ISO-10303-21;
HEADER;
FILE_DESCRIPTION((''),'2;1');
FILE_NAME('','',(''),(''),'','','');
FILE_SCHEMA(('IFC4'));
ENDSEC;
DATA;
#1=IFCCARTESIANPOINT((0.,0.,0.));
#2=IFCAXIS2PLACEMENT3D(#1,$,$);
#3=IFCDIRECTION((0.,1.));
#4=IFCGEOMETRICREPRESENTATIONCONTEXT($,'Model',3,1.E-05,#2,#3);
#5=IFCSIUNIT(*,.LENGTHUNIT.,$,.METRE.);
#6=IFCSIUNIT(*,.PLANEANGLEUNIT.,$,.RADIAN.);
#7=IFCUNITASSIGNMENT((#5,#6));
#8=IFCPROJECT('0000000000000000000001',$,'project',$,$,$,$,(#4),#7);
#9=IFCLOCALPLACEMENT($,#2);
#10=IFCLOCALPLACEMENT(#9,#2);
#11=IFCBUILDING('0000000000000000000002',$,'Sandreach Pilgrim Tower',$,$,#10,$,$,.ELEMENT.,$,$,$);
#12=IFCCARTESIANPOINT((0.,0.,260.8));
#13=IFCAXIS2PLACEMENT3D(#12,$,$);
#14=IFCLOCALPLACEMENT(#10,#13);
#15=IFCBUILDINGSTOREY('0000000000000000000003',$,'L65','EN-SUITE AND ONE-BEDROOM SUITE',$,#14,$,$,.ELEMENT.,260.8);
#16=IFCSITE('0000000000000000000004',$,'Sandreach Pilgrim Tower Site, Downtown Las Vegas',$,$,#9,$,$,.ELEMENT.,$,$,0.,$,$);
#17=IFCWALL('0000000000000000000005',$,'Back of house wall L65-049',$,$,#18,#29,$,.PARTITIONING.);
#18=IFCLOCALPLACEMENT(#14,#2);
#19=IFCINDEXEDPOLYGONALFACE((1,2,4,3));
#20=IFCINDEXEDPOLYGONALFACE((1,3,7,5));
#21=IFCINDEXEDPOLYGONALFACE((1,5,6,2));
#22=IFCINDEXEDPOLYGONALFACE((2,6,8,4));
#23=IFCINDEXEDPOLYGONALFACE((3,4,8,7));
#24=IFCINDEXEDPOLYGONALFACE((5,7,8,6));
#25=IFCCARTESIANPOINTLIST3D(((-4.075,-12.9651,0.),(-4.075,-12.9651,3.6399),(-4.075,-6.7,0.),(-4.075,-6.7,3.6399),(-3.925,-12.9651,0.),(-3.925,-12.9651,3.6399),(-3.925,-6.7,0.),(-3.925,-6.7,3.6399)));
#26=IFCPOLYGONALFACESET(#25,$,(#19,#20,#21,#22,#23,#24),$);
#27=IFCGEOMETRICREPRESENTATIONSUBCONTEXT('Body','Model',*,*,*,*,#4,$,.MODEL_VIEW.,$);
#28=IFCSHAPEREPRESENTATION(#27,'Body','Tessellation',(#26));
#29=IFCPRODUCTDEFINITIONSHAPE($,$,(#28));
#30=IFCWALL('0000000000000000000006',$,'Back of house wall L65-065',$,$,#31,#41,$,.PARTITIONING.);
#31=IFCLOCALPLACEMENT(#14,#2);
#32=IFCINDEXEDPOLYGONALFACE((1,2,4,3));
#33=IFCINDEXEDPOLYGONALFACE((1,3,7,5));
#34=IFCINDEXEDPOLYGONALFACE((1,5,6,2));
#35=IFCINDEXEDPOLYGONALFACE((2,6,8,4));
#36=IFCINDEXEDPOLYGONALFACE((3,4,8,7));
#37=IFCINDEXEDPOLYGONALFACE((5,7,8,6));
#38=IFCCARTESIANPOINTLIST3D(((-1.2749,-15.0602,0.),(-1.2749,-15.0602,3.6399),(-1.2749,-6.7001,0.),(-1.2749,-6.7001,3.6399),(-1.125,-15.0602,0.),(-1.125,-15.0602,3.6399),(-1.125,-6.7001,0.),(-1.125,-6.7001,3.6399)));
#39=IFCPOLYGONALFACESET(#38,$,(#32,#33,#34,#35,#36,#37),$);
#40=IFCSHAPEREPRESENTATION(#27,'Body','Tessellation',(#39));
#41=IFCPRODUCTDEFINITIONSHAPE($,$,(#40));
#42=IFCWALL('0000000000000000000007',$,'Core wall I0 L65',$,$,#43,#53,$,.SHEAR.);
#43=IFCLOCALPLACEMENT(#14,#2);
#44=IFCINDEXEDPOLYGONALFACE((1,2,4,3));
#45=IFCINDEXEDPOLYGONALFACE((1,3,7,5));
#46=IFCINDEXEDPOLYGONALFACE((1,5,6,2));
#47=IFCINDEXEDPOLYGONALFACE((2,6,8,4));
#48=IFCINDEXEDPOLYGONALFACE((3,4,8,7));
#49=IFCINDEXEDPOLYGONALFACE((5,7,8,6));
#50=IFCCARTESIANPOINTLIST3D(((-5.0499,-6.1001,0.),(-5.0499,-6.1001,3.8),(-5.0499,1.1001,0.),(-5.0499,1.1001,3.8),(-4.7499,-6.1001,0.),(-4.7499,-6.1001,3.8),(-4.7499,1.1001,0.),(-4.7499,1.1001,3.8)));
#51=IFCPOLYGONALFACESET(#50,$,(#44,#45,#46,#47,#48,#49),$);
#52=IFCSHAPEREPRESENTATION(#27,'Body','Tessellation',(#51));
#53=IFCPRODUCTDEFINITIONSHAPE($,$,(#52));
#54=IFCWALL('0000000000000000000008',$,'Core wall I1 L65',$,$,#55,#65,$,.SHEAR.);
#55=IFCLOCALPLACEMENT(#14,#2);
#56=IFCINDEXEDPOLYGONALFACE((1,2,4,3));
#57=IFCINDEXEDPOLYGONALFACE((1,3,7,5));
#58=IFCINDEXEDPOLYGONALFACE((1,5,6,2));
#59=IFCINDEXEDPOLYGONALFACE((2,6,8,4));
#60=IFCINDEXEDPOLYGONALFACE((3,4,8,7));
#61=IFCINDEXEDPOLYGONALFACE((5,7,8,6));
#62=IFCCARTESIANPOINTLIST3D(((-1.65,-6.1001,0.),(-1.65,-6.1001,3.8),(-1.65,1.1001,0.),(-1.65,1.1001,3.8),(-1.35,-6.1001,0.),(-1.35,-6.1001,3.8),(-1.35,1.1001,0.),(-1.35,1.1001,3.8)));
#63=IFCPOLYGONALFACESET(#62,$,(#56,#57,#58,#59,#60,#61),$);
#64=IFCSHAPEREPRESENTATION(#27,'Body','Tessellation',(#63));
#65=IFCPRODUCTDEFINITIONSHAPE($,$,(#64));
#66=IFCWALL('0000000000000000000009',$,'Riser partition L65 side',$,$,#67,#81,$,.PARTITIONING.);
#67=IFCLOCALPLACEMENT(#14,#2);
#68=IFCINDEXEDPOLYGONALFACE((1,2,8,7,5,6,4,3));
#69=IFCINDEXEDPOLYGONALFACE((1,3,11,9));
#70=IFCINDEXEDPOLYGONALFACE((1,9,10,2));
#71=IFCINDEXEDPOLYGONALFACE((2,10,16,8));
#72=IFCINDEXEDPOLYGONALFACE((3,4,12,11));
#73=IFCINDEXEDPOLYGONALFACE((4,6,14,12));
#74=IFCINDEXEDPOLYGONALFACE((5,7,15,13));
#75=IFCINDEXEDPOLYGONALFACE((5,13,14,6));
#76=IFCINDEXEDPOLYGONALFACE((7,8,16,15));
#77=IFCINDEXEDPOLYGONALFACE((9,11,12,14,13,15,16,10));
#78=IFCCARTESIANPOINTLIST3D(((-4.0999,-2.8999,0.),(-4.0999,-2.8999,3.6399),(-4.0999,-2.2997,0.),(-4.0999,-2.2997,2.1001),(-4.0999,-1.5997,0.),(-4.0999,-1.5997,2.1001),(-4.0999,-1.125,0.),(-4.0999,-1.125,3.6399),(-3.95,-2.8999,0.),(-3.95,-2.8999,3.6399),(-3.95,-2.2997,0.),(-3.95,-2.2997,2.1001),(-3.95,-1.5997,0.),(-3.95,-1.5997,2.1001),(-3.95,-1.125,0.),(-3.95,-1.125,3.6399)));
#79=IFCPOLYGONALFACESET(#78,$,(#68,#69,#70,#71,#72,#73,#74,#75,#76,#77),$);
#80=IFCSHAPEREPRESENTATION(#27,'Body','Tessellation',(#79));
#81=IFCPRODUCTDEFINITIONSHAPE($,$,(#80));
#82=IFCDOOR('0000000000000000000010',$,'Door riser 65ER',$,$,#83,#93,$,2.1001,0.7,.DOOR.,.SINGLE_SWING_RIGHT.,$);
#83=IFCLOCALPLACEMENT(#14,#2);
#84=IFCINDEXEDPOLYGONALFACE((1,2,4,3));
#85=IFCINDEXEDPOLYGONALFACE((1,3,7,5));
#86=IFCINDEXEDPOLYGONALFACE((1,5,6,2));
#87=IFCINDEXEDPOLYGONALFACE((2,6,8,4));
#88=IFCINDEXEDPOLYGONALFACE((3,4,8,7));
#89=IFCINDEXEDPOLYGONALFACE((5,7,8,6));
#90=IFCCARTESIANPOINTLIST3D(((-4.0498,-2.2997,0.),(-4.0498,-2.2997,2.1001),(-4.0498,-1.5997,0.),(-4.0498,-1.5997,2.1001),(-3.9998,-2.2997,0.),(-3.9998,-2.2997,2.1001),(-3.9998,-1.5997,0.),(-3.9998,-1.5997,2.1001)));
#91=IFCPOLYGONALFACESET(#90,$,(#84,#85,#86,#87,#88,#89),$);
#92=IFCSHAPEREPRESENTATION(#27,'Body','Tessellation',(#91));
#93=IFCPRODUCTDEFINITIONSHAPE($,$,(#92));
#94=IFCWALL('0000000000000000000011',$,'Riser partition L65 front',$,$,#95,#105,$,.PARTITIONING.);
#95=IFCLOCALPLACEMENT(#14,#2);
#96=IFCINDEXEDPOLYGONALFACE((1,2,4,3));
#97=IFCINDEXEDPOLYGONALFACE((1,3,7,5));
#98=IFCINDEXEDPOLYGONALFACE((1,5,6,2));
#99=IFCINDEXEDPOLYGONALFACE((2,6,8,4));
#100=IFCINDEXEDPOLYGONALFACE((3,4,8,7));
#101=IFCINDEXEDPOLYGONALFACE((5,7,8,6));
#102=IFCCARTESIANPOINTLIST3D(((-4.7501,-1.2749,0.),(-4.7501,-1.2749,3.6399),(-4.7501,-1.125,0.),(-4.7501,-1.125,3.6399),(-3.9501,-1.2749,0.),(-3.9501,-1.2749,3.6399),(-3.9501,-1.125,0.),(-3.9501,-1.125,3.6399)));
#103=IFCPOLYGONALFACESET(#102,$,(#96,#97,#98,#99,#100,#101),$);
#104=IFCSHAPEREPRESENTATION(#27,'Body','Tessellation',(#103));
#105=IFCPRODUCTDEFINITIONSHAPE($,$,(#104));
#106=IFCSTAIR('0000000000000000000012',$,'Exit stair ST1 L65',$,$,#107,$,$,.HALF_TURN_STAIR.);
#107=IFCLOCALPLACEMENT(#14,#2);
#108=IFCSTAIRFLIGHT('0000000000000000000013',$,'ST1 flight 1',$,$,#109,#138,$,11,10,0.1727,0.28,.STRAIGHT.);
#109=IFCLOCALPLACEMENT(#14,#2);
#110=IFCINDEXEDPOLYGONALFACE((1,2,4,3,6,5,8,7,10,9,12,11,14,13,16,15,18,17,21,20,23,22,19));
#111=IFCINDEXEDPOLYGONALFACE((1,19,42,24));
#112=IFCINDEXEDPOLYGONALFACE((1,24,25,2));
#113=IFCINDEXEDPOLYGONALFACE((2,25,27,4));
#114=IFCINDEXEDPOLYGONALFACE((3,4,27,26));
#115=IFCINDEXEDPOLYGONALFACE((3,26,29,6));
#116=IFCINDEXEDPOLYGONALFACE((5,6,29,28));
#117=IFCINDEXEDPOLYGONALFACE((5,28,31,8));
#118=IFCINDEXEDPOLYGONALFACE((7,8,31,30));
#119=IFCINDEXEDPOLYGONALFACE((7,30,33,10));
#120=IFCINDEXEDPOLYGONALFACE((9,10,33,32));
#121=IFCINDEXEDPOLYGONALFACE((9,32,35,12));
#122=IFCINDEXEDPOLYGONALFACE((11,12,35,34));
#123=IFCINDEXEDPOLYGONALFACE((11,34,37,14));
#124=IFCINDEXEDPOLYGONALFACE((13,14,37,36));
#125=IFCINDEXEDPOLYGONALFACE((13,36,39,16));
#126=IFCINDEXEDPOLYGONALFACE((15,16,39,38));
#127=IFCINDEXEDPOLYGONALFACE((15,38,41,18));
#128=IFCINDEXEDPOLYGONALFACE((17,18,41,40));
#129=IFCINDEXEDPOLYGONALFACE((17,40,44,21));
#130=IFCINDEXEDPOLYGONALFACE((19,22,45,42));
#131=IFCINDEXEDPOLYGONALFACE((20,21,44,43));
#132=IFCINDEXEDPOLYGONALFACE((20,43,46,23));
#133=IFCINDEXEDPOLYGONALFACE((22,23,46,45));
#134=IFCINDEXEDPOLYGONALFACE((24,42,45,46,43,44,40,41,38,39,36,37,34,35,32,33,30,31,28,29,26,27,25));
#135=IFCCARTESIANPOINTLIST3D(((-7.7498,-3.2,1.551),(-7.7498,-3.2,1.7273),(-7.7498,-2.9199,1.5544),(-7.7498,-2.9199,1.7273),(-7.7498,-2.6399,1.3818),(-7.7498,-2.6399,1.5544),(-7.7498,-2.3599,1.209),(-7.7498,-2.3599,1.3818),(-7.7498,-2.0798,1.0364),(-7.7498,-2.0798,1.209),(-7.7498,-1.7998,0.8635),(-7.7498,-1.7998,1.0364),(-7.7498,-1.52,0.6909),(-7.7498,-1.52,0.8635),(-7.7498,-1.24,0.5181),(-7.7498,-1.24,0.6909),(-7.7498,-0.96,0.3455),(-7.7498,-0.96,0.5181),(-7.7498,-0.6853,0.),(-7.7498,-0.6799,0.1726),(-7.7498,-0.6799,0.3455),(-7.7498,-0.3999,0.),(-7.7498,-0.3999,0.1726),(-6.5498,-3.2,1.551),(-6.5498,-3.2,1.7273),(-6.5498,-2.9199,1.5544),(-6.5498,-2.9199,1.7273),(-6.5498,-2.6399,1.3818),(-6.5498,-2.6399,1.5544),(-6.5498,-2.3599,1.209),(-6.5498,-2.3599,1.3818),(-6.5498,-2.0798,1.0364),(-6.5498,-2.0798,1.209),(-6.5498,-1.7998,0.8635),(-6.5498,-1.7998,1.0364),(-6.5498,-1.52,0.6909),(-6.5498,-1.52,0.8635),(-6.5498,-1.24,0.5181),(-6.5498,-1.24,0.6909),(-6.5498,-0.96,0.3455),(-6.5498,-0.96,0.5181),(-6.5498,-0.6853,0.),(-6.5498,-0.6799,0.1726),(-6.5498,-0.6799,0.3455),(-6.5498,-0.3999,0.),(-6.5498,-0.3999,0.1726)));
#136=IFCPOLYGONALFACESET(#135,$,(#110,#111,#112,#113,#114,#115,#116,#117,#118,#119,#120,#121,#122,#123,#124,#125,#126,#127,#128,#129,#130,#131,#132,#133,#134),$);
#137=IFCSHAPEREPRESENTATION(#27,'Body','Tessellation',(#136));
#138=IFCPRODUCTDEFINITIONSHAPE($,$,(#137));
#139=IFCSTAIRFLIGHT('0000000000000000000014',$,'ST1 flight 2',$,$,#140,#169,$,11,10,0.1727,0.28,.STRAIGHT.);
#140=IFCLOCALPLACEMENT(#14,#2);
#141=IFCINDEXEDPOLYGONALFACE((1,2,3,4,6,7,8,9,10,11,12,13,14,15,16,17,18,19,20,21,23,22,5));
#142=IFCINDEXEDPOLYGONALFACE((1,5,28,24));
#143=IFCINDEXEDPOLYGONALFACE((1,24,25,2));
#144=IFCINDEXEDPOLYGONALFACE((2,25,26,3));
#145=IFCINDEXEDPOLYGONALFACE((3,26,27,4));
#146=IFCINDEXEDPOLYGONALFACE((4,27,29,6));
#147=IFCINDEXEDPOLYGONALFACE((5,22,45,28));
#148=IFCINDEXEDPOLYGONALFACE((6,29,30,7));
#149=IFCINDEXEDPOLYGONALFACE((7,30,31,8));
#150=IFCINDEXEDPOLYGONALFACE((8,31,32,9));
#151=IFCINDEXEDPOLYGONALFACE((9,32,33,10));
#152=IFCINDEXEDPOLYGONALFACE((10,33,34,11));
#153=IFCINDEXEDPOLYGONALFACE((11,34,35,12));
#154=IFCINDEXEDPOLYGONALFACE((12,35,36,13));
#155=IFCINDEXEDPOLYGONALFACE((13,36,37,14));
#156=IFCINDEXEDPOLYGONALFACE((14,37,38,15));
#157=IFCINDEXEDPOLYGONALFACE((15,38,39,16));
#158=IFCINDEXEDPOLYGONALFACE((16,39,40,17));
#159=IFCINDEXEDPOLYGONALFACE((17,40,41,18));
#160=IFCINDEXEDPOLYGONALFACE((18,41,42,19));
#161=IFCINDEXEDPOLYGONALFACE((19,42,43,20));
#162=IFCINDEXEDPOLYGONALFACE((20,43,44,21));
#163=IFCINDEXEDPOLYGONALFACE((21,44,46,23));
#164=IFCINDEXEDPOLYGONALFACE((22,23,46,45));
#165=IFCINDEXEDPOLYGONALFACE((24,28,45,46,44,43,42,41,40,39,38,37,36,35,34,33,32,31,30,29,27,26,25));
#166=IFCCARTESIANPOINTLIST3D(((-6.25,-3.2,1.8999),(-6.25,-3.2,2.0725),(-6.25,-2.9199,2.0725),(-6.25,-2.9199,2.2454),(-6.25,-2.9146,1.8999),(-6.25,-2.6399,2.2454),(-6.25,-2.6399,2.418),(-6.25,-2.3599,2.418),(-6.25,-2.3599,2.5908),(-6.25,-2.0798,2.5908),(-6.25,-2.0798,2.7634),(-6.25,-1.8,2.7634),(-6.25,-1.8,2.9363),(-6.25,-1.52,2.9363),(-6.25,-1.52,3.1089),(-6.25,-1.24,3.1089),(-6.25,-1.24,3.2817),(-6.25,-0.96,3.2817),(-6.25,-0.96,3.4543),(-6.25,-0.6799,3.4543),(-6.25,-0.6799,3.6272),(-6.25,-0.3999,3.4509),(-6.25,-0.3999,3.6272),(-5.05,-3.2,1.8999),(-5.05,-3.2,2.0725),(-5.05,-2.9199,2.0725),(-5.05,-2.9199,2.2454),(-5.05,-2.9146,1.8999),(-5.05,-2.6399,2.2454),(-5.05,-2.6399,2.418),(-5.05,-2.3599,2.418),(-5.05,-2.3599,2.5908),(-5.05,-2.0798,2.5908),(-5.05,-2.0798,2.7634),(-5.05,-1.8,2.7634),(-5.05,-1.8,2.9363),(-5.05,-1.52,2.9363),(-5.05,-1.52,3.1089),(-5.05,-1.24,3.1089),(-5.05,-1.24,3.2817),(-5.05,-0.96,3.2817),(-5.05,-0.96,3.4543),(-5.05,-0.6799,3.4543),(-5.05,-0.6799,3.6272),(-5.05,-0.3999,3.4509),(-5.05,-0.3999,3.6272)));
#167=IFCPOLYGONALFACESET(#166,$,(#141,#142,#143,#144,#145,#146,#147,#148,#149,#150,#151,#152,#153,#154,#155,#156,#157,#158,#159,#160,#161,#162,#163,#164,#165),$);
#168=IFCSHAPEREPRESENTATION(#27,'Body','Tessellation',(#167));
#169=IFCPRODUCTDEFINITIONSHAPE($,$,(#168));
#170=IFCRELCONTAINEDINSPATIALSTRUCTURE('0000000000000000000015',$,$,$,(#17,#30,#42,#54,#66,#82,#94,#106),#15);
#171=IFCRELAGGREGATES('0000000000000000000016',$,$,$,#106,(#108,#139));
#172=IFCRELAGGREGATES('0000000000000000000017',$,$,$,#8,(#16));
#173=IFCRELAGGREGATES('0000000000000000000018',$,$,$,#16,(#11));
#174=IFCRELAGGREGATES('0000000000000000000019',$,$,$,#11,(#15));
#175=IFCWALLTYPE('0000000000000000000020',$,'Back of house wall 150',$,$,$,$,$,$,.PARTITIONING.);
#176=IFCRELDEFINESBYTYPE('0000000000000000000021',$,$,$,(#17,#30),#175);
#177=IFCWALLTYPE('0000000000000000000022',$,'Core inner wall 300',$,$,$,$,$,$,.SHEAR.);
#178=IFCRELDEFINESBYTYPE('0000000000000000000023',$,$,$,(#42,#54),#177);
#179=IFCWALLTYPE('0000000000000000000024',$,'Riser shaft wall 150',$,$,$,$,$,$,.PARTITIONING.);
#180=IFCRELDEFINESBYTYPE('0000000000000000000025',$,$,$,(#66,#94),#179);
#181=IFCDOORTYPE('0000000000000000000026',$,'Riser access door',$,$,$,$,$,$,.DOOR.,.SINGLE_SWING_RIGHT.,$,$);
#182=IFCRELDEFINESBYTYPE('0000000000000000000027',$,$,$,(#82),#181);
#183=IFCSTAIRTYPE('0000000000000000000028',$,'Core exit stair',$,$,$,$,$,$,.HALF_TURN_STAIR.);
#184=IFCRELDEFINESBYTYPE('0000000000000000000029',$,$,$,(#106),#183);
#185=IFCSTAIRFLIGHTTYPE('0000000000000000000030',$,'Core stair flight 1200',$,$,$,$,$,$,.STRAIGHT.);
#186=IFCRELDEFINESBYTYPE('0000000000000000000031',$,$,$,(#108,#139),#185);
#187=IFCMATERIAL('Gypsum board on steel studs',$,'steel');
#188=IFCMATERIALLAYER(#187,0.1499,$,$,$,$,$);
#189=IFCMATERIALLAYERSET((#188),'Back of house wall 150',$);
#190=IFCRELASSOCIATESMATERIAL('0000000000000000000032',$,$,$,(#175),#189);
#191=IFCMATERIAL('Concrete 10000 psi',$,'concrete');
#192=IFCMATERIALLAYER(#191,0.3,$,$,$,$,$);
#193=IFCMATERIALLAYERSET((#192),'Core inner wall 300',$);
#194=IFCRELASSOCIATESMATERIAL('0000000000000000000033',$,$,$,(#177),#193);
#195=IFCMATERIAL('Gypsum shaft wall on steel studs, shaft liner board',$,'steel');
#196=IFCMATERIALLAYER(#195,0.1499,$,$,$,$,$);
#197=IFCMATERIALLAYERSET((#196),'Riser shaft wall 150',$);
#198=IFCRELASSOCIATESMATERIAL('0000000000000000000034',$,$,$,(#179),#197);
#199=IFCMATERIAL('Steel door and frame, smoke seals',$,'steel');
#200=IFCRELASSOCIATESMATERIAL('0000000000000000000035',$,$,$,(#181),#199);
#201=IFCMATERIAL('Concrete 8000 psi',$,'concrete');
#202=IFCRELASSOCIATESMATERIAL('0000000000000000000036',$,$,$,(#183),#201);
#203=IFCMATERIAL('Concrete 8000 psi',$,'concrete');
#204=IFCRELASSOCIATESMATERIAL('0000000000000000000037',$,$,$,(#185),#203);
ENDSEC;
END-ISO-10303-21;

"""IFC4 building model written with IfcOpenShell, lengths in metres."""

from ifc_helpers import new_model, si_unit, direction, frame, frame_2d, origin, place, context, subcontext, project, spatial, polyline, rectangle, outline, extrude, material, layer, layer_set, type_object, element, fill, aggregate, save


model = new_model("IFC4")

# Units and contexts
model_context = context("Model", 3, precision=1e-05, world=origin(), true_north=direction((0.0, 1.0)))
body_context = subcontext(model_context, "Body", "Model", "MODEL_VIEW")
ifc_project = project(units=[si_unit("LENGTHUNIT", "METRE"), si_unit("PLANEANGLEUNIT", "RADIAN")], contexts=[model_context])

# Site, building, storey
site_placement = place(None, origin())
site = spatial("IfcSite", under=ifc_project, at=site_placement, Name="Sandreach Pilgrim Tower Site, Downtown Las Vegas", CompositionType="ELEMENT", RefElevation=0.0)
building_placement = place(site_placement, origin())
building = spatial("IfcBuilding", under=site, at=building_placement, Name="Sandreach Pilgrim Tower", CompositionType="ELEMENT")
storey_placement = place(building_placement, frame((0.0, 0.0, 260.8)))
storey = spatial("IfcBuildingStorey", under=building, at=storey_placement, Name="L65", Description="EN-SUITE AND ONE-BEDROOM SUITE", CompositionType="ELEMENT", Elevation=260.8)

# Walls
ifc_material_1 = material(Name="Gypsum board on steel studs", Category="steel")
ifc_layer_1 = layer(ifc_material_1, 0.1499)
ifc_layer_set_1 = layer_set([ifc_layer_1], Name="Back of house wall 150")
wall_type_1 = type_object("IfcWallType", Name="Back of house wall 150", PredefinedType="PARTITIONING", material=ifc_layer_set_1)
wall_1_placement = place(storey_placement, frame((-4.0, -6.7, 0.0), z_axis=(0.0, 0.0, 1.0), x_axis=(0.0, -1.0, 0.0)))
element("IfcWall", 1, at=wall_1_placement, inside=storey, type_object=wall_type_1, Name="Back of house wall L65-049", PredefinedType="PARTITIONING", context=body_context, shape_type="SweptSolid", body=[
    extrude(rectangle(XDim=6.2651, YDim=0.1499, at=frame_2d((3.1326, 0.0))), origin(), (0.0, 0.0, 1.0), 3.6399),
])
wall_2_placement = place(storey_placement, frame((-1.2, -6.7, 0.0), z_axis=(0.0, 0.0, 1.0), x_axis=(0.0, -1.0, 0.0)))
element("IfcWall", 2, at=wall_2_placement, inside=storey, type_object=wall_type_1, Name="Back of house wall L65-065", PredefinedType="PARTITIONING", context=body_context, shape_type="SweptSolid", body=[
    extrude(rectangle(XDim=8.3601, YDim=0.1499, at=frame_2d((4.1802, 0.0))), origin(), (0.0, 0.0, 1.0), 3.6399),
])
ifc_material_2 = material(Name="Concrete 10000 psi", Category="concrete")
ifc_layer_2 = layer(ifc_material_2, 0.3)
ifc_layer_set_2 = layer_set([ifc_layer_2], Name="Core inner wall 300")
wall_type_2 = type_object("IfcWallType", Name="Core inner wall 300", PredefinedType="SHEAR", material=ifc_layer_set_2)
for number, where, z_axis, x_axis, name in (
    (3, (-4.8999, -6.1001, 0.0), (0.0, 0.0, 1.0), (0.0, 1.0, 0.0), "Core wall I0 L65"),
    (4, (-1.5, -6.1001, 0.0), (0.0, 0.0, 1.0), (0.0, 1.0, 0.0), "Core wall I1 L65"),
):
    element("IfcWall", number, at=place(storey_placement, frame(where, z_axis=z_axis, x_axis=x_axis)), inside=storey, type_object=wall_type_2, Name=name, PredefinedType="SHEAR", context=body_context, shape_type="SweptSolid", body=[
        extrude(rectangle(XDim=7.2002, YDim=0.3, at=frame_2d((3.6001, 0.0))), origin(), (0.0, 0.0, 1.0), 3.8),
    ])

# Wall, opening, door
ifc_material_3 = material(Name="Gypsum shaft wall on steel studs, shaft liner board", Category="steel")
ifc_layer_3 = layer(ifc_material_3, 0.1499)
ifc_layer_set_3 = layer_set([ifc_layer_3], Name="Riser shaft wall 150")
wall_type_3 = type_object("IfcWallType", Name="Riser shaft wall 150", PredefinedType="PARTITIONING", material=ifc_layer_set_3)
wall_3_placement = place(storey_placement, frame((-4.0249, -2.8999, 0.0), z_axis=(0.0, 0.0, 1.0), x_axis=(0.0, 1.0, 0.0)))
wall_3 = element("IfcWall", 5, at=wall_3_placement, inside=storey, type_object=wall_type_3, Name="Riser partition L65 side", PredefinedType="PARTITIONING", context=body_context, shape_type="SweptSolid", body=[
    extrude(rectangle(XDim=1.7749, YDim=0.1499, at=frame_2d((0.8875, 0.0))), origin(), (0.0, 0.0, 1.0), 3.6399),
])
opening_1_placement = place(wall_3_placement, frame((0.6001, 0.0, 0.0)))
opening_1 = element("IfcOpeningElement", 6, at=opening_1_placement, cuts=wall_3, PredefinedType="OPENING", context=body_context, shape_type="SweptSolid", body=[
    extrude(rectangle(XDim=0.7, YDim=2.1001, at=frame_2d((0.3501, 1.05))), frame((0.0, 0.075, 0.0), z_axis=(0.0, -1.0, 0.0), x_axis=(1.0, 0.0, 0.0)), (0.0, 0.0, 1.0), 0.1499),
])
ifc_material_4 = material(Name="Steel door and frame, smoke seals", Category="steel")
door_type_1 = type_object("IfcDoorType", Name="Riser access door", OperationType="SINGLE_SWING_RIGHT", PredefinedType="DOOR", material=ifc_material_4)
door_1_placement = place(opening_1_placement, origin())
door_1 = element("IfcDoor", 7, at=door_1_placement, inside=storey, type_object=door_type_1, Name="Door riser 65ER", OperationType="SINGLE_SWING_RIGHT", OverallHeight=2.1001, OverallWidth=0.7, PredefinedType="DOOR", context=body_context, shape_type="SweptSolid", body=[
    extrude(rectangle(XDim=0.7, YDim=2.1001, at=frame_2d((0.3501, 1.05))), frame((0.0, 0.0249, 0.0), z_axis=(0.0, -1.0, 0.0), x_axis=(1.0, 0.0, 0.0)), (0.0, 0.0, 1.0), 0.05),
])
fill(opening_1, door_1)

# Wall
wall_4_placement = place(storey_placement, frame((-4.75, -1.2, 0.0), z_axis=(0.0, 0.0, 1.0), x_axis=(1.0, 0.0, 0.0)))
element("IfcWall", 8, at=wall_4_placement, inside=storey, type_object=wall_type_3, Name="Riser partition L65 front", PredefinedType="PARTITIONING", context=body_context, shape_type="SweptSolid", body=[
    extrude(rectangle(XDim=0.8, YDim=0.1499, at=frame_2d((0.3999, 0.0))), origin(), (0.0, 0.0, 1.0), 3.6399),
])

# Stair, stair flights
ifc_material_5 = material(Name="Concrete 8000 psi", Category="concrete")
stair_type = type_object("IfcStairType", Name="Core exit stair", PredefinedType="HALF_TURN_STAIR", material=ifc_material_5)
stair_1_placement = place(storey_placement, origin())
stair_1 = element("IfcStair", 9, at=stair_1_placement, inside=storey, type_object=stair_type, Name="Exit stair ST1 L65", PredefinedType="HALF_TURN_STAIR")
ifc_material_6 = material(Name="Concrete 8000 psi", Category="concrete")
stair_flight_type = type_object("IfcStairFlightType", Name="Core stair flight 1200", PredefinedType="STRAIGHT", material=ifc_material_6)
stair_flight_1_placement = place(storey_placement, frame((-7.1499, -0.3999, 0.0), z_axis=(0.0, 0.0, 1.0), x_axis=(0.0, -1.0, 0.0)))
stair_flight_1 = element("IfcStairFlight", 10, at=stair_flight_1_placement, type_object=stair_flight_type, Name="ST1 flight 1", NumberOfRisers=11, NumberOfTreads=10, PredefinedType="STRAIGHT", RiserHeight=0.1727, TreadLength=0.28, context=body_context, shape_type="SweptSolid", body=[
    extrude(outline(polyline([(0.0, 0.0), (0.0, 0.1726), (0.28, 0.1726), (0.28, 0.3455), (0.5601, 0.3455), (0.5601, 0.5181), (0.8401, 0.5181), (0.8401, 0.6909), (1.1201, 0.6909), (1.1201, 0.8635), (1.3999, 0.8635), (1.3999, 1.0364), (1.6799, 1.0364), (1.6799, 1.209), (1.96, 1.209), (1.96, 1.3818), (2.24, 1.3818), (2.24, 1.5544), (2.52, 1.5544), (2.52, 1.7273), (2.8, 1.7273), (2.8, 1.8999), (2.8, 1.551), (0.2854, 0.0), (0.0, 0.0)])), frame((0.0, 0.6001, 0.0), z_axis=(0.0, -1.0, 0.0), x_axis=(1.0, 0.0, 0.0)), (0.0, 0.0, 1.0), 1.2),
])
stair_flight_2_placement = place(storey_placement, frame((-5.6499, -3.2, 1.8999), z_axis=(0.0, 0.0, 1.0), x_axis=(0.0, 1.0, 0.0)))
stair_flight_2 = element("IfcStairFlight", 11, at=stair_flight_2_placement, type_object=stair_flight_type, Name="ST1 flight 2", NumberOfRisers=11, NumberOfTreads=10, PredefinedType="STRAIGHT", RiserHeight=0.1727, TreadLength=0.28, context=body_context, shape_type="SweptSolid", body=[
    extrude(outline(polyline([(0.0, 0.0), (0.0, 0.1726), (0.28, 0.1726), (0.28, 0.3455), (0.5601, 0.3455), (0.5601, 0.5181), (0.8401, 0.5181), (0.8401, 0.6909), (1.1201, 0.6909), (1.1201, 0.8635), (1.3999, 0.8635), (1.3999, 1.0364), (1.6799, 1.0364), (1.6799, 1.209), (1.96, 1.209), (1.96, 1.3818), (2.24, 1.3818), (2.24, 1.5544), (2.52, 1.5544), (2.52, 1.7273), (2.8, 1.7273), (2.8, 1.8999), (2.8, 1.551), (0.2854, 0.0), (0.0, 0.0)])), frame((0.0, 0.6001, 0.0), z_axis=(0.0, -1.0, 0.0), x_axis=(1.0, 0.0, 0.0)), (0.0, 0.0, 1.0), 1.2),
])
aggregate(stair_1, [stair_flight_1, stair_flight_2])

save(model, "model.ifc")
